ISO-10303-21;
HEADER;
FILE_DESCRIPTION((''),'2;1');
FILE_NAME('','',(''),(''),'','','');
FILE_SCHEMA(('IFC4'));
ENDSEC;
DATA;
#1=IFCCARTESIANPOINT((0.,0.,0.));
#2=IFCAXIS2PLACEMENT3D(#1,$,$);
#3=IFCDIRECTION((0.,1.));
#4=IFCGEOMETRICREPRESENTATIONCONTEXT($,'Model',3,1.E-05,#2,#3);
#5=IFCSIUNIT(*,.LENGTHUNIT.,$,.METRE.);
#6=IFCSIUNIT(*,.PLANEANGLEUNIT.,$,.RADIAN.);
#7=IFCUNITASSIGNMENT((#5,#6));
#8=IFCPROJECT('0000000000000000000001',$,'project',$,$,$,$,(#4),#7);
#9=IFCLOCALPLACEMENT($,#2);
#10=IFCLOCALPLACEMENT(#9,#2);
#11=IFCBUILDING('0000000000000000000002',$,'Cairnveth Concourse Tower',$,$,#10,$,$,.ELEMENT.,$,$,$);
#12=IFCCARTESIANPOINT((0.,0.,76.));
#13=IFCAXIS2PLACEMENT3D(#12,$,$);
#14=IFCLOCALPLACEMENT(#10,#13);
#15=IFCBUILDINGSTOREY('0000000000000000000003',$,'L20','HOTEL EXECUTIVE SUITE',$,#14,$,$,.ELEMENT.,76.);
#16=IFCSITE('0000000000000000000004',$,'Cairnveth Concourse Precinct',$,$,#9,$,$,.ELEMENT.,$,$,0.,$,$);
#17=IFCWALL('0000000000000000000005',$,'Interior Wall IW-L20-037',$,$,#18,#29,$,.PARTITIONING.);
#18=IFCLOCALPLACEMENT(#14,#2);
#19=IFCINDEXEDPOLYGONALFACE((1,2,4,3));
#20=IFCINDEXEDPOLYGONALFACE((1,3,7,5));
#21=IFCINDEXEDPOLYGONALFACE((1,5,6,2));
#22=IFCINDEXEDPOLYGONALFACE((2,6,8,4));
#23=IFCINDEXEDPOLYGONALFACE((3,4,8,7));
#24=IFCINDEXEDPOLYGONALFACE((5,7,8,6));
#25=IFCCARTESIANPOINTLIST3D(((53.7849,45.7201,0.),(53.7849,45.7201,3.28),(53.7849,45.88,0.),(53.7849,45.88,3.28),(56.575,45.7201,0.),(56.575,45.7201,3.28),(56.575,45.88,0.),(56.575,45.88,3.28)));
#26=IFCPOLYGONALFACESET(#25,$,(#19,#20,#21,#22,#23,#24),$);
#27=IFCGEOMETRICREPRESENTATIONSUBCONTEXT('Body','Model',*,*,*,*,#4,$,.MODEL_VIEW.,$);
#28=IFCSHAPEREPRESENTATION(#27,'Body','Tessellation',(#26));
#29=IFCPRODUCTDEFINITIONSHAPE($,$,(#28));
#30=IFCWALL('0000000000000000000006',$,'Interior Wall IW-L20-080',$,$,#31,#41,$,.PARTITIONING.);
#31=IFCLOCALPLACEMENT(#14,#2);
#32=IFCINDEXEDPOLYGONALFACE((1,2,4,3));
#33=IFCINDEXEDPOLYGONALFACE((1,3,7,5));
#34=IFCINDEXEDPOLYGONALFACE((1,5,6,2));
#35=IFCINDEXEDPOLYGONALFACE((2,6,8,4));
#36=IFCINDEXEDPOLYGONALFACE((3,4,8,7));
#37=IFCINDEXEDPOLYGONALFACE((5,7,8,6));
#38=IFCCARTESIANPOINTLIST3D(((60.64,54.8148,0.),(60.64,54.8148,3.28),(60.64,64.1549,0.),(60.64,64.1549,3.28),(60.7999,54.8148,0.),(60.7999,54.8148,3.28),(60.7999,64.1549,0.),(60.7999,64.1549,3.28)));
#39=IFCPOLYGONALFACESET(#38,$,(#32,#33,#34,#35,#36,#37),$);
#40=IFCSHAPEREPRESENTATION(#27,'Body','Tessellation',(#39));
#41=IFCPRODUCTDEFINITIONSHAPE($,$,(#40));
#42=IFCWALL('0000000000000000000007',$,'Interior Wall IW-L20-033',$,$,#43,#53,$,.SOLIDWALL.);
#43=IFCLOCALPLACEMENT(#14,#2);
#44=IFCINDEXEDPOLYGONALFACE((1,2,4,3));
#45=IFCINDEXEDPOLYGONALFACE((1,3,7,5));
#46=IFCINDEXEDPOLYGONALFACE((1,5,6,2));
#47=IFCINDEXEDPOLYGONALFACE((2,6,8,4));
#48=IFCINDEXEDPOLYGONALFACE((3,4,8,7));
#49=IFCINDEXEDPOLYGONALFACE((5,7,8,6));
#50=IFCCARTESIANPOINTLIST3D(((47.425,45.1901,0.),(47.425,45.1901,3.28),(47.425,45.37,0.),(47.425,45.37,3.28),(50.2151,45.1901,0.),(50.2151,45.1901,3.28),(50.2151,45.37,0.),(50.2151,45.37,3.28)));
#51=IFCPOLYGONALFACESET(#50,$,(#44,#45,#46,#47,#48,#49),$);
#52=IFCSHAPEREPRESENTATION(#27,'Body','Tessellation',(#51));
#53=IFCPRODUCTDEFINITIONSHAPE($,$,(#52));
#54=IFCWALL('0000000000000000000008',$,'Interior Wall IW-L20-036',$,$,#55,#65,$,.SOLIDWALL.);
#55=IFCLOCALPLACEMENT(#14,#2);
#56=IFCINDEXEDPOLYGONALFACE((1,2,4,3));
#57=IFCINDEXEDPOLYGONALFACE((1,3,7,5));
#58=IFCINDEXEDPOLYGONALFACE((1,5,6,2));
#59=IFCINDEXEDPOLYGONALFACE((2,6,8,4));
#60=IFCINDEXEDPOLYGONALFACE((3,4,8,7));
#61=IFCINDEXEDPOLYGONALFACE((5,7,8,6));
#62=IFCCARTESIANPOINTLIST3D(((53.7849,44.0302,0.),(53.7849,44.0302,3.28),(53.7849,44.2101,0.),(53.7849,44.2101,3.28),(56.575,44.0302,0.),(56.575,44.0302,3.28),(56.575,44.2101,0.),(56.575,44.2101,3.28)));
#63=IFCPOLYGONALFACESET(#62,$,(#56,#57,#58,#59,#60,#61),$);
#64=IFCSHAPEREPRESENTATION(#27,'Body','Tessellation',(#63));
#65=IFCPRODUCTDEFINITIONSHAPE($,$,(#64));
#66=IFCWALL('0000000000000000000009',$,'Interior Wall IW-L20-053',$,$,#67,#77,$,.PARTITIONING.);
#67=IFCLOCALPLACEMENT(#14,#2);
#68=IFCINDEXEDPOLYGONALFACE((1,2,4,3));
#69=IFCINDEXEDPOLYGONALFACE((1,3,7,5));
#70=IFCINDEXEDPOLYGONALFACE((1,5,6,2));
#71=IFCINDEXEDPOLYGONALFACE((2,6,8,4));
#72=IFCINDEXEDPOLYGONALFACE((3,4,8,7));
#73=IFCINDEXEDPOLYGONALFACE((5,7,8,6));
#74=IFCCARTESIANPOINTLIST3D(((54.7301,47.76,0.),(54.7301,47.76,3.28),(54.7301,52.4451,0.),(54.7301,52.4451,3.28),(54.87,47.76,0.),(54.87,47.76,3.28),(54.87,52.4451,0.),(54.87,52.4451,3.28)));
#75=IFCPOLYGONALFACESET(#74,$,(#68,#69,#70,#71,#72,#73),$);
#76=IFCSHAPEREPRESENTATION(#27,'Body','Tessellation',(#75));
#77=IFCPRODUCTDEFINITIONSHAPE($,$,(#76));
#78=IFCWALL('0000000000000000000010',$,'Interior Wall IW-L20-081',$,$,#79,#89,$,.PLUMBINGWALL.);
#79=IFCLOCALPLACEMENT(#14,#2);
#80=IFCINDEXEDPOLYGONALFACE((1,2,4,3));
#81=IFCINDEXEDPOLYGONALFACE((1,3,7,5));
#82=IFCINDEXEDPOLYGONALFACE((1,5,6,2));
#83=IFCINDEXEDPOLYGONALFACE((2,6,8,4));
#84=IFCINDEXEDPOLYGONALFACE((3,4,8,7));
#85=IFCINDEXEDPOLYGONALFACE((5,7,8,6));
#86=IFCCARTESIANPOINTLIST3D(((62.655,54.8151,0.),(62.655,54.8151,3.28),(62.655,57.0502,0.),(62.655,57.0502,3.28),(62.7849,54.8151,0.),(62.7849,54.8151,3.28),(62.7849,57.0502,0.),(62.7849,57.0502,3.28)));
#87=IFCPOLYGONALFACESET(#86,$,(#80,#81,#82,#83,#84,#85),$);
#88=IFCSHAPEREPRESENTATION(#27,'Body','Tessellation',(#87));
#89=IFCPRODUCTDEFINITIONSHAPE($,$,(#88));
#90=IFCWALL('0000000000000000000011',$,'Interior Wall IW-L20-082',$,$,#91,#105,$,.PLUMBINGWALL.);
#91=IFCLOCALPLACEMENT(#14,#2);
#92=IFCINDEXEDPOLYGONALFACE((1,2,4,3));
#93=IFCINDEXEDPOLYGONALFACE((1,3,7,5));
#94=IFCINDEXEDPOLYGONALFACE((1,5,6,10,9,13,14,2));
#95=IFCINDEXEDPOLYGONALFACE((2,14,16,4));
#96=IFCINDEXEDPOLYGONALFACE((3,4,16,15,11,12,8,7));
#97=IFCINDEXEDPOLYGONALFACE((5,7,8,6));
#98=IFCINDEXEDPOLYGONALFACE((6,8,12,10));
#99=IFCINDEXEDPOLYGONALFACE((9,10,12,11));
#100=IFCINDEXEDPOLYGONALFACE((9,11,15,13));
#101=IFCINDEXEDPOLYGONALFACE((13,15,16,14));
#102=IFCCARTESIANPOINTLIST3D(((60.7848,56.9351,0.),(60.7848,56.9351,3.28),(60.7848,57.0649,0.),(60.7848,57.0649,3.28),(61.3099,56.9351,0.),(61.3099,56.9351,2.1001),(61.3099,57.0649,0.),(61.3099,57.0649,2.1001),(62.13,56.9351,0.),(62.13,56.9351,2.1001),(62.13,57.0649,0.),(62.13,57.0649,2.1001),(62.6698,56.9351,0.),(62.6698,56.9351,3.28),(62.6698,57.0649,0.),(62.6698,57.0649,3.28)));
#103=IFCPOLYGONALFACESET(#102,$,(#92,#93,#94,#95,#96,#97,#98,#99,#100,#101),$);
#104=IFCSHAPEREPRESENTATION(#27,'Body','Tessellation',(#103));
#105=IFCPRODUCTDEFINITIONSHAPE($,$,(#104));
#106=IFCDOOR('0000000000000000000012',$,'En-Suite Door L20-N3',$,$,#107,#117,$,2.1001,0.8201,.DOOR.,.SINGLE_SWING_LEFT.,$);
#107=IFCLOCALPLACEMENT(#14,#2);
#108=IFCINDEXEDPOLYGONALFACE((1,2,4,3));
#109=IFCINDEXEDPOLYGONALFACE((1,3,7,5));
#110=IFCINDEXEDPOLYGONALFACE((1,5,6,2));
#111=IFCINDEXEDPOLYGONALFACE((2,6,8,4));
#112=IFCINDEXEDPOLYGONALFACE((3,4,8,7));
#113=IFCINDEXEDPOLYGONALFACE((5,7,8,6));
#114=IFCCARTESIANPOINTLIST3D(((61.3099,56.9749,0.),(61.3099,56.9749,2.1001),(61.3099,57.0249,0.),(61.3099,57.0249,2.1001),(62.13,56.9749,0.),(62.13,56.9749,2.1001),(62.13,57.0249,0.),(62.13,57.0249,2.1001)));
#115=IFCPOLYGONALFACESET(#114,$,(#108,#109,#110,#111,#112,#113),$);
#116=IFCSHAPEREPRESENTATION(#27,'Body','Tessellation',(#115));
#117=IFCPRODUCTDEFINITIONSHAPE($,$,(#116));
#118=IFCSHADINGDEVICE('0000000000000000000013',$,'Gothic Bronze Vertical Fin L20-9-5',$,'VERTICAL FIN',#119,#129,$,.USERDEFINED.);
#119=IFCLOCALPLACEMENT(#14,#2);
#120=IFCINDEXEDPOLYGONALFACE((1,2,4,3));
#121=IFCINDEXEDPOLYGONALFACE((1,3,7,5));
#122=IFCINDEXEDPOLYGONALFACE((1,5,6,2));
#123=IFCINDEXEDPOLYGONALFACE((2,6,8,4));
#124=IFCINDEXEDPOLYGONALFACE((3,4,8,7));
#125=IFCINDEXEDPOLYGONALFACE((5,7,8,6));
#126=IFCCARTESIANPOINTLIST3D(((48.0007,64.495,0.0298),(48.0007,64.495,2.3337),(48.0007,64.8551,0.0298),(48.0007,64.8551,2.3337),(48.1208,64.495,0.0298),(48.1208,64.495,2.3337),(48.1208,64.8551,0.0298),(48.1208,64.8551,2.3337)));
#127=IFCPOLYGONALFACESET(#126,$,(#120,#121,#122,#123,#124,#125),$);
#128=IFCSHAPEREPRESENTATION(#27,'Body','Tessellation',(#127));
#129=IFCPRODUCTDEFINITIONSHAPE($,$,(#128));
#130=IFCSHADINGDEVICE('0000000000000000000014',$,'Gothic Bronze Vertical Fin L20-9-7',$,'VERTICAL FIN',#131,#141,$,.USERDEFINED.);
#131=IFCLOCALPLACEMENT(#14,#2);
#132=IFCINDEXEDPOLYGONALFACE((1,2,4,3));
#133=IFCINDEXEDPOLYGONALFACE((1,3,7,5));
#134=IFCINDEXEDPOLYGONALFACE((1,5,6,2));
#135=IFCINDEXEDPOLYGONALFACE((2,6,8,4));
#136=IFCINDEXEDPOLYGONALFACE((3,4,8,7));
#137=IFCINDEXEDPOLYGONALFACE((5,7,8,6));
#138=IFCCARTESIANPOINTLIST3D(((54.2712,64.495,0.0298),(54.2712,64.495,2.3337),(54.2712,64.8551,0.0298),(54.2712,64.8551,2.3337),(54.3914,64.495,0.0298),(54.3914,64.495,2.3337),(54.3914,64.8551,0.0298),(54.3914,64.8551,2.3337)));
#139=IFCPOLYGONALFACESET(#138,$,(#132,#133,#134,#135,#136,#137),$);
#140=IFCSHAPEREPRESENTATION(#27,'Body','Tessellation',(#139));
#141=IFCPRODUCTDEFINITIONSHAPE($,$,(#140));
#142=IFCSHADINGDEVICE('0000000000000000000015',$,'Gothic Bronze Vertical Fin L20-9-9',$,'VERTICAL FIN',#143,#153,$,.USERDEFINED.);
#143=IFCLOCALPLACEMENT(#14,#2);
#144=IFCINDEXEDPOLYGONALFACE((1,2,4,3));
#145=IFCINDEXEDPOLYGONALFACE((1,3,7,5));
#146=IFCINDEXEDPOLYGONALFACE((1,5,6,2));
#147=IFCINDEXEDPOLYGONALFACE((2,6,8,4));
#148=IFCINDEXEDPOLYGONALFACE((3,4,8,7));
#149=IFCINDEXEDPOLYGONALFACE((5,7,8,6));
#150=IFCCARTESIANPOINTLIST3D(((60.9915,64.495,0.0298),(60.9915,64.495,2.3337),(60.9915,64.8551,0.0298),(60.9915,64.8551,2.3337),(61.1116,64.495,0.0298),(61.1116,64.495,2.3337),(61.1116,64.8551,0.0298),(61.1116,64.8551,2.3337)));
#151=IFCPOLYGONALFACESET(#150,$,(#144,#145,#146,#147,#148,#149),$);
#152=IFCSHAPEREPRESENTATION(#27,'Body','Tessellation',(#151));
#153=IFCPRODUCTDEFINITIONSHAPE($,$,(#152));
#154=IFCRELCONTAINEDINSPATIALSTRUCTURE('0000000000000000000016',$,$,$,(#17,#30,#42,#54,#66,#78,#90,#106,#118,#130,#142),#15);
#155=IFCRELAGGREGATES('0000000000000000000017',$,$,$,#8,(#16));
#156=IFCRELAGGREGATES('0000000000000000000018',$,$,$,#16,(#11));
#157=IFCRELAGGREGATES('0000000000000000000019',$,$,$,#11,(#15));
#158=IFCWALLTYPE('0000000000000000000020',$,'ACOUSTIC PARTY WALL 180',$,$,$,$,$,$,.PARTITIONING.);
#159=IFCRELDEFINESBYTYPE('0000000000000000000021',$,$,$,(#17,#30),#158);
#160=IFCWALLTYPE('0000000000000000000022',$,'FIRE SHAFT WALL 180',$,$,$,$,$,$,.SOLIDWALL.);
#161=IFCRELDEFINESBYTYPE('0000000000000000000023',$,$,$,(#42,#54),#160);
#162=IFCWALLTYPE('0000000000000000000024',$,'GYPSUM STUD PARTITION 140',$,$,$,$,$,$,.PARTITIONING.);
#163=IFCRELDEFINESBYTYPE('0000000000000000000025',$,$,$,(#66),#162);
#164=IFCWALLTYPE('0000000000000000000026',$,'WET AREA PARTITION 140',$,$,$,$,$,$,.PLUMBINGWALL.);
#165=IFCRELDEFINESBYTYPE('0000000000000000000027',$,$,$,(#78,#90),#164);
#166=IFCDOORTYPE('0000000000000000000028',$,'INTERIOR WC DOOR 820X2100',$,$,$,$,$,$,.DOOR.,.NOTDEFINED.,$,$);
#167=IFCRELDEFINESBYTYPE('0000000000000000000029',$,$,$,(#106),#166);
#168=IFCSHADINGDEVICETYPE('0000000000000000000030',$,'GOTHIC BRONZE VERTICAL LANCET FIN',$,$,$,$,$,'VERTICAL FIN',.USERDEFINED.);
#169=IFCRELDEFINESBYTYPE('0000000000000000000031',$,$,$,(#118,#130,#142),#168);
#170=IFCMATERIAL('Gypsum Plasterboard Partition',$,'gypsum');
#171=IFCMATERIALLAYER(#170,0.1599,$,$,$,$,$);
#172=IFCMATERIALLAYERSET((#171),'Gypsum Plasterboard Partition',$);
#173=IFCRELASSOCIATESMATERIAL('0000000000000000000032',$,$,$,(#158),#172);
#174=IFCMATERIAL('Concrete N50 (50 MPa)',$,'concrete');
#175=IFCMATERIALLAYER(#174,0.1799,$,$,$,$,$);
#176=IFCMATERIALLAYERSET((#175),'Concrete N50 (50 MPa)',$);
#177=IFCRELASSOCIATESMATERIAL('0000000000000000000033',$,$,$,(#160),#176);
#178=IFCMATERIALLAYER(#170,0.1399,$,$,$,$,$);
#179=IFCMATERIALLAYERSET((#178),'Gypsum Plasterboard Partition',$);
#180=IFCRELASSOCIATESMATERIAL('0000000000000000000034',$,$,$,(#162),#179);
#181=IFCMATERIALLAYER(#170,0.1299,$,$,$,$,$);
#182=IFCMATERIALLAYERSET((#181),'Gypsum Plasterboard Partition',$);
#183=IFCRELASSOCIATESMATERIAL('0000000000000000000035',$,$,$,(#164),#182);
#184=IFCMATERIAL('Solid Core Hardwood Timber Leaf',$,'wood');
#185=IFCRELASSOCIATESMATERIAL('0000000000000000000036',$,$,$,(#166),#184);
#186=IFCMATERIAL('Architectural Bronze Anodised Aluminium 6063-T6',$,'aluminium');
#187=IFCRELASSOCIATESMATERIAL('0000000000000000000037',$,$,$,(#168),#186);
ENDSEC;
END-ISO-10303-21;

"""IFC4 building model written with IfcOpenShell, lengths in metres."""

from ifc_helpers import new_model, si_unit, direction, frame, frame_2d, origin, origin_2d, place, context, subcontext, project, spatial, rectangle, extrude, material, layer, layer_set, type_object, element, fill, save


model = new_model("IFC4")

# Units and contexts
model_context = context("Model", 3, precision=1e-05, world=origin(), true_north=direction((0.0, 1.0)))
body_context = subcontext(model_context, "Body", "Model", "MODEL_VIEW")
ifc_project = project(units=[si_unit("LENGTHUNIT", "METRE"), si_unit("PLANEANGLEUNIT", "RADIAN")], contexts=[model_context])

# Site, building, storey
site_placement = place(None, origin())
site = spatial("IfcSite", under=ifc_project, at=site_placement, Name="Cairnveth Concourse Precinct", CompositionType="ELEMENT", RefElevation=0.0)
building_placement = place(site_placement, origin())
building = spatial("IfcBuilding", under=site, at=building_placement, Name="Cairnveth Concourse Tower", CompositionType="ELEMENT")
storey_placement = place(building_placement, frame((0.0, 0.0, 76.0)))
storey = spatial("IfcBuildingStorey", under=building, at=storey_placement, Name="L20", Description="HOTEL EXECUTIVE SUITE", CompositionType="ELEMENT", Elevation=76.0)

# Walls
ifc_material_1 = material(Name="Gypsum Plasterboard Partition", Category="gypsum")
ifc_layer_1 = layer(ifc_material_1, 0.1599)
ifc_layer_set_1 = layer_set([ifc_layer_1], Name="Gypsum Plasterboard Partition")
wall_type_1 = type_object("IfcWallType", Name="ACOUSTIC PARTY WALL 180", PredefinedType="PARTITIONING", material=ifc_layer_set_1)
wall_1_placement = place(storey_placement, frame((53.7849, 45.8, 0.0), z_axis=(0.0, 0.0, 1.0), x_axis=(1.0, 0.0, 0.0)))
element("IfcWall", 1, at=wall_1_placement, inside=storey, type_object=wall_type_1, Name="Interior Wall IW-L20-037", PredefinedType="PARTITIONING", context=body_context, shape_type="SweptSolid", body=[
    extrude(rectangle(XDim=2.79, YDim=0.1599, at=frame_2d((1.395, 0.0))), origin(), (0.0, 0.0, 1.0), 3.28),
])
wall_2_placement = place(storey_placement, frame((60.72, 54.8149, 0.0), z_axis=(0.0, 0.0, 1.0), x_axis=(0.0, 1.0, 0.0)))
element("IfcWall", 2, at=wall_2_placement, inside=storey, type_object=wall_type_1, Name="Interior Wall IW-L20-080", PredefinedType="PARTITIONING", context=body_context, shape_type="SweptSolid", body=[
    extrude(rectangle(XDim=9.3401, YDim=0.1599, at=frame_2d((4.6699, 0.0))), origin(), (0.0, 0.0, 1.0), 3.28),
])
ifc_material_2 = material(Name="Concrete N50 (50 MPa)", Category="concrete")
ifc_layer_2 = layer(ifc_material_2, 0.1799)
ifc_layer_set_2 = layer_set([ifc_layer_2], Name="Concrete N50 (50 MPa)")
wall_type_2 = type_object("IfcWallType", Name="FIRE SHAFT WALL 180", PredefinedType="SOLIDWALL", material=ifc_layer_set_2)
for number, where, z_axis, x_axis, name in (
    (3, (47.425, 45.28, 0.0), (0.0, 0.0, 1.0), (1.0, 0.0, 0.0), "Interior Wall IW-L20-033"),
    (4, (53.7849, 44.1201, 0.0), (0.0, 0.0, 1.0), (1.0, 0.0, 0.0), "Interior Wall IW-L20-036"),
):
    element("IfcWall", number, at=place(storey_placement, frame(where, z_axis=z_axis, x_axis=x_axis)), inside=storey, type_object=wall_type_2, Name=name, PredefinedType="SOLIDWALL", context=body_context, shape_type="SweptSolid", body=[
        extrude(rectangle(XDim=2.79, YDim=0.1799, at=frame_2d((1.395, 0.0))), origin(), (0.0, 0.0, 1.0), 3.28),
    ])
ifc_layer_3 = layer(ifc_material_1, 0.1399)
ifc_layer_set_3 = layer_set([ifc_layer_3], Name="Gypsum Plasterboard Partition")
wall_type_3 = type_object("IfcWallType", Name="GYPSUM STUD PARTITION 140", PredefinedType="PARTITIONING", material=ifc_layer_set_3)
wall_3_placement = place(storey_placement, frame((54.8, 47.76, 0.0), z_axis=(0.0, 0.0, 1.0), x_axis=(0.0, 1.0, 0.0)))
element("IfcWall", 5, at=wall_3_placement, inside=storey, type_object=wall_type_3, Name="Interior Wall IW-L20-053", PredefinedType="PARTITIONING", context=body_context, shape_type="SweptSolid", body=[
    extrude(rectangle(XDim=4.6851, YDim=0.1399, at=frame_2d((2.3425, 0.0))), origin(), (0.0, 0.0, 1.0), 3.28),
])
ifc_layer_4 = layer(ifc_material_1, 0.1299)
ifc_layer_set_4 = layer_set([ifc_layer_4], Name="Gypsum Plasterboard Partition")
wall_type_4 = type_object("IfcWallType", Name="WET AREA PARTITION 140", PredefinedType="PLUMBINGWALL", material=ifc_layer_set_4)
wall_4_placement = place(storey_placement, frame((62.72, 54.8149, 0.0), z_axis=(0.0, 0.0, 1.0), x_axis=(0.0, 1.0, 0.0)))
element("IfcWall", 6, at=wall_4_placement, inside=storey, type_object=wall_type_4, Name="Interior Wall IW-L20-081", PredefinedType="PLUMBINGWALL", context=body_context, shape_type="SweptSolid", body=[
    extrude(rectangle(XDim=2.2351, YDim=0.1299, at=frame_2d((1.1177, 0.0))), origin(), (0.0, 0.0, 1.0), 3.28),
])

# Wall, opening, door
wall_5_placement = place(storey_placement, frame((60.7849, 57.0, 0.0), z_axis=(0.0, 0.0, 1.0), x_axis=(1.0, 0.0, 0.0)))
wall_5 = element("IfcWall", 7, at=wall_5_placement, inside=storey, type_object=wall_type_4, Name="Interior Wall IW-L20-082", PredefinedType="PLUMBINGWALL", context=body_context, shape_type="SweptSolid", body=[
    extrude(rectangle(XDim=1.885, YDim=0.1299, at=frame_2d((0.9424, 0.0))), origin(), (0.0, 0.0, 1.0), 3.28),
])
opening_placement = place(wall_5_placement, frame((0.5249, 0.0, 0.0)))
opening = element("IfcOpeningElement", 8, at=opening_placement, cuts=wall_5, PredefinedType="OPENING", context=body_context, shape_type="SweptSolid", body=[
    extrude(rectangle(XDim=0.8201, YDim=2.1001, at=frame_2d((0.4102, 1.05))), frame((0.0, 0.075, 0.0), z_axis=(0.0, -1.0, 0.0), x_axis=(1.0, 0.0, 0.0)), (0.0, 0.0, 1.0), 0.1499),
])
ifc_material_3 = material(Name="Solid Core Hardwood Timber Leaf", Category="wood")
door_type = type_object("IfcDoorType", Name="INTERIOR WC DOOR 820X2100", OperationType="NOTDEFINED", PredefinedType="DOOR", material=ifc_material_3)
door_placement = place(opening_placement, origin())
door = element("IfcDoor", 9, at=door_placement, inside=storey, type_object=door_type, Name="En-Suite Door L20-N3", OperationType="SINGLE_SWING_LEFT", OverallHeight=2.1001, OverallWidth=0.8201, PredefinedType="DOOR", context=body_context, shape_type="SweptSolid", body=[
    extrude(rectangle(XDim=0.8201, YDim=2.1001, at=frame_2d((0.4102, 1.05))), frame((0.0, 0.0249, 0.0), z_axis=(0.0, -1.0, 0.0), x_axis=(1.0, 0.0, 0.0)), (0.0, 0.0, 1.0), 0.05),
])
fill(opening, door)

# Shading devices
ifc_material_4 = material(Name="Architectural Bronze Anodised Aluminium 6063-T6", Category="aluminium")
shading_device_type = type_object("IfcShadingDeviceType", Name="GOTHIC BRONZE VERTICAL LANCET FIN", ElementType="VERTICAL FIN", PredefinedType="USERDEFINED", material=ifc_material_4)
for number, where, z_axis, x_axis, name in (
    (10, (48.0608, 64.675, 0.0298), (0.0, 0.0, 1.0), (1.0, 0.0, 0.0), "Gothic Bronze Vertical Fin L20-9-5"),
    (11, (54.3313, 64.675, 0.0298), (0.0, 0.0, 1.0), (1.0, 0.0, 0.0), "Gothic Bronze Vertical Fin L20-9-7"),
    (12, (61.0515, 64.675, 0.0298), (0.0, 0.0, 1.0), (1.0, 0.0, 0.0), "Gothic Bronze Vertical Fin L20-9-9"),
):
    element("IfcShadingDevice", number, at=place(storey_placement, frame(where, z_axis=z_axis, x_axis=x_axis)), inside=storey, type_object=shading_device_type, Name=name, ObjectType="VERTICAL FIN", PredefinedType="USERDEFINED", context=body_context, shape_type="SweptSolid", body=[
        extrude(rectangle(XDim=0.1201, YDim=0.3601, at=origin_2d()), origin(), (0.0, 0.0, 1.0), 2.304),
    ])

save(model, "model.ifc")
